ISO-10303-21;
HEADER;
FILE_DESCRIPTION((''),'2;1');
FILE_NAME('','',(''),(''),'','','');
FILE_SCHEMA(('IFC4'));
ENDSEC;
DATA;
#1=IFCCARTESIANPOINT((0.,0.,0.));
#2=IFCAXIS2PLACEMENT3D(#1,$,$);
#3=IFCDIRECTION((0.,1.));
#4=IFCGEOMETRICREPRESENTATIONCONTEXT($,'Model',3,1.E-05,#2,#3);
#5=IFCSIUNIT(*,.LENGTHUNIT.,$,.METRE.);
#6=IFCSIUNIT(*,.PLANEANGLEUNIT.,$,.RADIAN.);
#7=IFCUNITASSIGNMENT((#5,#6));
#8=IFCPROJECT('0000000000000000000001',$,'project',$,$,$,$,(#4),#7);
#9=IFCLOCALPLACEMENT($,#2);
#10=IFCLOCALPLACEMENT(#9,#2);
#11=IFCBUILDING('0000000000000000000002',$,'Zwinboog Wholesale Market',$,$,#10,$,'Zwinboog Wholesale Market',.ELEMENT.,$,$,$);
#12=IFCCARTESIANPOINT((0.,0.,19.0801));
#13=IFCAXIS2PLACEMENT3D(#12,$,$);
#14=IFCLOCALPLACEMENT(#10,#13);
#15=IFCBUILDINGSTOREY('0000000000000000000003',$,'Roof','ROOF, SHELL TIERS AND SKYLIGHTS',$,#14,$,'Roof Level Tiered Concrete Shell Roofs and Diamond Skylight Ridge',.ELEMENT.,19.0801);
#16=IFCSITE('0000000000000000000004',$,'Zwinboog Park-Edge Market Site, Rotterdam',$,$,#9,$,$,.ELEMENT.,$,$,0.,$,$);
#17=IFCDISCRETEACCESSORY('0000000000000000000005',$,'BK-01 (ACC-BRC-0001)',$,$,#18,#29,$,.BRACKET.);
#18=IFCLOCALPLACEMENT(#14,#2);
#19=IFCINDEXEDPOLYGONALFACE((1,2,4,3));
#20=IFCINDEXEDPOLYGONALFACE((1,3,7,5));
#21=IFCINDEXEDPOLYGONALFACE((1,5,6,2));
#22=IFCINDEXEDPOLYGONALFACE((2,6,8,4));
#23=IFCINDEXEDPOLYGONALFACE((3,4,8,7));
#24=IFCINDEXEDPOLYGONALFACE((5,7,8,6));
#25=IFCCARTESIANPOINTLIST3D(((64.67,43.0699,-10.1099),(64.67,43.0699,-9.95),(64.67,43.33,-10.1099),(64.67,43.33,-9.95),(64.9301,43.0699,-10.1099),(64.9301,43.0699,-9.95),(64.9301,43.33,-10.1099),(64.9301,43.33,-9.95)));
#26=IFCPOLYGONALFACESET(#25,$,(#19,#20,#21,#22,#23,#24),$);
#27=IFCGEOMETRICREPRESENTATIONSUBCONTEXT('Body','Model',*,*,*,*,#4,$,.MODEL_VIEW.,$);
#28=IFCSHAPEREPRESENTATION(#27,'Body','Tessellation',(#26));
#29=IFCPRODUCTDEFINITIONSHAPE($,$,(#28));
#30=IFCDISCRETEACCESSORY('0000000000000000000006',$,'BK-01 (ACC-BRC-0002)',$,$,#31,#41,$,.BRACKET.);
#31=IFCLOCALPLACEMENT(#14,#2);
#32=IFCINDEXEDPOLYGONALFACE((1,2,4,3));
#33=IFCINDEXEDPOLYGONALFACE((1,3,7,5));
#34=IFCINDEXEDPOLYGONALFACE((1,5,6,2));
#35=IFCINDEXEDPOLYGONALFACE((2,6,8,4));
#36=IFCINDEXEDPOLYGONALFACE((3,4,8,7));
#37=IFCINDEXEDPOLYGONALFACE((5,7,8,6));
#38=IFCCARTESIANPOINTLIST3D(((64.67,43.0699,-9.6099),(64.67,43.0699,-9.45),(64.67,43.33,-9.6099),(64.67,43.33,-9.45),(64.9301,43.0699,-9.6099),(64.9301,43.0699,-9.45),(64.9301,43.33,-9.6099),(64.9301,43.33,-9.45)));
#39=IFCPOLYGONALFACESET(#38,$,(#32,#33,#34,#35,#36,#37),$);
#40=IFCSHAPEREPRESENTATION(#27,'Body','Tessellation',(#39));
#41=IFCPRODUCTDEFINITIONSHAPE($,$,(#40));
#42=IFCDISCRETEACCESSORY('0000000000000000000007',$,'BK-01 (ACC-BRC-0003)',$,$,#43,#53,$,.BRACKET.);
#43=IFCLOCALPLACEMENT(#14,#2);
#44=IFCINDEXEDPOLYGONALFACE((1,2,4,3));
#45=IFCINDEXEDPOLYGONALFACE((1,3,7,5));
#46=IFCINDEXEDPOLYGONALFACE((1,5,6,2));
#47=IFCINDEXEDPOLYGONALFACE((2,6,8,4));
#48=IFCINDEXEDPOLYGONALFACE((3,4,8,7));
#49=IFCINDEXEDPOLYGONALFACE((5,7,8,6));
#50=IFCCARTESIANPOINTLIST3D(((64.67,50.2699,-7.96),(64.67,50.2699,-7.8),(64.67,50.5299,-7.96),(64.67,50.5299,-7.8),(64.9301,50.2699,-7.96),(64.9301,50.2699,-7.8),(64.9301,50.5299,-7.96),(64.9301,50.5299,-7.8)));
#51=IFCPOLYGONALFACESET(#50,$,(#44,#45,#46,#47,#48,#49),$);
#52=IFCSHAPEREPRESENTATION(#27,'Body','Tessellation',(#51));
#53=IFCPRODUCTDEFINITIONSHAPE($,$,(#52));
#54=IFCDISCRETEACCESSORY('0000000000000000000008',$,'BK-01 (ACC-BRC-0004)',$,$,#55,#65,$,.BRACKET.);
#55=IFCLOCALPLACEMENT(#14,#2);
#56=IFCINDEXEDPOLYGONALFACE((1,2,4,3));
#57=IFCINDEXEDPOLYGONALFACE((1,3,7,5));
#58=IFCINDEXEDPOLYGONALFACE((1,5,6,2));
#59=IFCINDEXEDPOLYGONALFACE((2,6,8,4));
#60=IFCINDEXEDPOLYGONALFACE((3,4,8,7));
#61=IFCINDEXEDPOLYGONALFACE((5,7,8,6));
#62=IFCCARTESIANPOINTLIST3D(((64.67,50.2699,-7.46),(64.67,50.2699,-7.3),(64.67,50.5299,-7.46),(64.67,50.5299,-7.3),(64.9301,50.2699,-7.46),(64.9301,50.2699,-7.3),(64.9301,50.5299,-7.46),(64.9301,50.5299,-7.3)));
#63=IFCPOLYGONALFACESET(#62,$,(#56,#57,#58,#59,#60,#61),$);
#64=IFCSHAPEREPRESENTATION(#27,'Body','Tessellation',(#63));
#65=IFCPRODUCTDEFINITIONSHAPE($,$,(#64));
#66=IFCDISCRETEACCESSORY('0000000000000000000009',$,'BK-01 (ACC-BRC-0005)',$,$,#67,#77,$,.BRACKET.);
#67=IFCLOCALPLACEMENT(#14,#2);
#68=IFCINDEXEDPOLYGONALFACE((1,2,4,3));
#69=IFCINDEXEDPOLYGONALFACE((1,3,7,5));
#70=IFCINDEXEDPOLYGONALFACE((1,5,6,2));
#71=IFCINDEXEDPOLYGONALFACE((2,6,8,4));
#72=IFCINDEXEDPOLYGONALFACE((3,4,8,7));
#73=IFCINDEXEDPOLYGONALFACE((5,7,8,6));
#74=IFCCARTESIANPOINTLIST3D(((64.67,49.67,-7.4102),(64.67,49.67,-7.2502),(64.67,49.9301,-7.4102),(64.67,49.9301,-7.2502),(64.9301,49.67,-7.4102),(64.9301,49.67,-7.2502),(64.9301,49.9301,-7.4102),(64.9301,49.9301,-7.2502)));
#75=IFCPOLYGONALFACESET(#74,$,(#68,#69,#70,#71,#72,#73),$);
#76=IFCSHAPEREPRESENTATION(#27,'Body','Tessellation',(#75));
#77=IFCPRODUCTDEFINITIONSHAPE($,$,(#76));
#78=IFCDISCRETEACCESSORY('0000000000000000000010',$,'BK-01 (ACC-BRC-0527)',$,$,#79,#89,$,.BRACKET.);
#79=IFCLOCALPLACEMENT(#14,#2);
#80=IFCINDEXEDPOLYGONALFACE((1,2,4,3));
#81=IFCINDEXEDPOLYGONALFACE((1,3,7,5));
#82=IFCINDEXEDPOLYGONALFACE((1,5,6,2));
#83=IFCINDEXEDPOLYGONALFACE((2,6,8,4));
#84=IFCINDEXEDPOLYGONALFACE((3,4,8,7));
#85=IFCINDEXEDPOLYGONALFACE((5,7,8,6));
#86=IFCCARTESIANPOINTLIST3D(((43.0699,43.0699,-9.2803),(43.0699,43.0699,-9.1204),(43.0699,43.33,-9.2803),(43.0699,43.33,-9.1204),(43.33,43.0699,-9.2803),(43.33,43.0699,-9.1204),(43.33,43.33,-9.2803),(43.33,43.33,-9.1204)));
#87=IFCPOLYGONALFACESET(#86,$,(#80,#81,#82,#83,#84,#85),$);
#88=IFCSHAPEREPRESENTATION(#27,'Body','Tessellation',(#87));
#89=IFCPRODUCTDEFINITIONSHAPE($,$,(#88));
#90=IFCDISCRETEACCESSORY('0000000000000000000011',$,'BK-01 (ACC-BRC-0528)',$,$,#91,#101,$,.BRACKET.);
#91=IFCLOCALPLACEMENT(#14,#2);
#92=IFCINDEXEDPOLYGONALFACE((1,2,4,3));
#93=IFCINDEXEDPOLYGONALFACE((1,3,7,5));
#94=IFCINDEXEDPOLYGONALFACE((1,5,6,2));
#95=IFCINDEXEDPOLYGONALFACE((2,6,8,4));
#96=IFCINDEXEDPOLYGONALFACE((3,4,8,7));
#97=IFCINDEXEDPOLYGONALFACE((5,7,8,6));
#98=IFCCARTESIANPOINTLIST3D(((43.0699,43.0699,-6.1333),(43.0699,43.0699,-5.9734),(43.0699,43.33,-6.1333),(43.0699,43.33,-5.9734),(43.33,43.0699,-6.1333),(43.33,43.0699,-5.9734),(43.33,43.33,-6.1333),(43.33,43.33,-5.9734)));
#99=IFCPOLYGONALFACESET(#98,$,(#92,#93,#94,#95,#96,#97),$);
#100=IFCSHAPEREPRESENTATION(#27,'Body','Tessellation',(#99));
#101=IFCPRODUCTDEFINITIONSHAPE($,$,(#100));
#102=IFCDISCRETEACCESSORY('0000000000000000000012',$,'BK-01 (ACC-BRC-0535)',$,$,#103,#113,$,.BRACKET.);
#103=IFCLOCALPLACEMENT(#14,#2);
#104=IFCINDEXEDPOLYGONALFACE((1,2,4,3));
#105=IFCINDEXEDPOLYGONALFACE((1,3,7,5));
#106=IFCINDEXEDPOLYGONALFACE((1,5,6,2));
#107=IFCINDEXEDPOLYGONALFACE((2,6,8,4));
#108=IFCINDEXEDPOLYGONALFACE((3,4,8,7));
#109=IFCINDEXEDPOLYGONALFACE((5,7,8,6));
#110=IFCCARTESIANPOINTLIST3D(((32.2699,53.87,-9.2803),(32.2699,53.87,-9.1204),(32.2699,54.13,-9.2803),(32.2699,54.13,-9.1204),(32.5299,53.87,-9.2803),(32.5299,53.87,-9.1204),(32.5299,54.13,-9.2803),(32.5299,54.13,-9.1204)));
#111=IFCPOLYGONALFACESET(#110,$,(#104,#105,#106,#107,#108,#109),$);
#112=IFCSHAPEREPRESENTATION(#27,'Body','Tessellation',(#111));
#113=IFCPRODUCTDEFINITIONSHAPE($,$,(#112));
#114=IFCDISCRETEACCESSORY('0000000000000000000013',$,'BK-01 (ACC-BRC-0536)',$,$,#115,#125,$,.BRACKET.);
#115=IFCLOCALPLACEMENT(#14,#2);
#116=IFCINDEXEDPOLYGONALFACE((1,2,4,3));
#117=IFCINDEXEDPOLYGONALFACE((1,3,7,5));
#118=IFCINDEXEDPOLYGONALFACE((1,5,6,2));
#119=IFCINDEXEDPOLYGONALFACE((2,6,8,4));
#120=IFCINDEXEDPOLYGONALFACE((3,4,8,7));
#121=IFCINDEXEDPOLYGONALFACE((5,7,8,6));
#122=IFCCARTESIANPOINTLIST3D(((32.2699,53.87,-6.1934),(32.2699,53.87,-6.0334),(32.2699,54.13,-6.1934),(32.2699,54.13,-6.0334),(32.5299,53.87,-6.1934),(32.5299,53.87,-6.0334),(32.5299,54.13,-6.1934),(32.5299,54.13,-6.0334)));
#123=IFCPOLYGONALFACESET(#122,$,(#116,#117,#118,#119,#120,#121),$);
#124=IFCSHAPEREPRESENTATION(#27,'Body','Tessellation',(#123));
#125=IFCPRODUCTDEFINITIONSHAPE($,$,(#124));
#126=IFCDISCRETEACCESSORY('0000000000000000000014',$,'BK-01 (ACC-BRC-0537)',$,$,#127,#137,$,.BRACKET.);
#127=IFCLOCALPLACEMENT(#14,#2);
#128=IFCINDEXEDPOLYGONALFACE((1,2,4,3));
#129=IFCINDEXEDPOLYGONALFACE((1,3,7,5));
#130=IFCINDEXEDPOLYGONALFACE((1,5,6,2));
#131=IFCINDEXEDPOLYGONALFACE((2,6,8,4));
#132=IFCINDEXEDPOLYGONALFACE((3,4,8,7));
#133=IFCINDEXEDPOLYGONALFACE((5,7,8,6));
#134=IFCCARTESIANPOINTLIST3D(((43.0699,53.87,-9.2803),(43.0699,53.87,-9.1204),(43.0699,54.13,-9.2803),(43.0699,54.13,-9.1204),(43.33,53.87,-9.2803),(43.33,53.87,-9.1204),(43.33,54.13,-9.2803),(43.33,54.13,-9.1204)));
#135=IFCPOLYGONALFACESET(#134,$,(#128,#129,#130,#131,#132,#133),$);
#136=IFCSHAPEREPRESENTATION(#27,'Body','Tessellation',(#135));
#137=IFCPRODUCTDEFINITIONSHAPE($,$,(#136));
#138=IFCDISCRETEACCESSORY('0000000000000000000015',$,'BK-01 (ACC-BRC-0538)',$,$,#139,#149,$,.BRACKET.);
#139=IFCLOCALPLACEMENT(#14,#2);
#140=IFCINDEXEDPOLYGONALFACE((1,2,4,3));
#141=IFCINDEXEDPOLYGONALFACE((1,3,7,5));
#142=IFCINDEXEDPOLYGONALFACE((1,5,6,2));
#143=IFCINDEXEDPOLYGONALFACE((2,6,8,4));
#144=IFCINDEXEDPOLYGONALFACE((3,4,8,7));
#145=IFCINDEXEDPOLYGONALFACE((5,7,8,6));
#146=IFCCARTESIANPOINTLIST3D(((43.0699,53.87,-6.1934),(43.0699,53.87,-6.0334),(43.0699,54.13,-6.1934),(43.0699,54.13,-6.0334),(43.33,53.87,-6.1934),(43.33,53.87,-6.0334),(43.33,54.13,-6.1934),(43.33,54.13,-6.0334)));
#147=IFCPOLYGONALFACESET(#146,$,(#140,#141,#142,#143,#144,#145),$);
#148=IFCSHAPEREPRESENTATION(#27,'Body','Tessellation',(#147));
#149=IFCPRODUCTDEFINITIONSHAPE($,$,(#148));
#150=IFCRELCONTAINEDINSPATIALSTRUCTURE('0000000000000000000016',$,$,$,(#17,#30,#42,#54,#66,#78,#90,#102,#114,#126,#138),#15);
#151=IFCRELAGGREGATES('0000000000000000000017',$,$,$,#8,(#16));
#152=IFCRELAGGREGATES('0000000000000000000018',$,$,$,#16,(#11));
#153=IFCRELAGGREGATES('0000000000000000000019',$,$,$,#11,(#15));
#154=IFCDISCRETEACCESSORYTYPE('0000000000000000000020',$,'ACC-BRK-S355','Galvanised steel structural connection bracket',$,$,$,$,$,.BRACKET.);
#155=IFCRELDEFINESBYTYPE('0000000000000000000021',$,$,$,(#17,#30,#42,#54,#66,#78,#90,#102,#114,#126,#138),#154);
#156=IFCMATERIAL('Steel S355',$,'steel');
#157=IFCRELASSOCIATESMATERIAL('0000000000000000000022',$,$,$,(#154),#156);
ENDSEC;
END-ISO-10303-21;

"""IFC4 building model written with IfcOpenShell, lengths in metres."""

from ifc_helpers import new_model, si_unit, direction, frame, origin, origin_2d, place, context, subcontext, project, spatial, rectangle, extrude, material, type_object, element, save


model = new_model("IFC4")

# Units and contexts
model_context = context("Model", 3, precision=1e-05, world=origin(), true_north=direction((0.0, 1.0)))
body_context = subcontext(model_context, "Body", "Model", "MODEL_VIEW")
ifc_project = project(units=[si_unit("LENGTHUNIT", "METRE"), si_unit("PLANEANGLEUNIT", "RADIAN")], contexts=[model_context])

# Site, building, storey
site_placement = place(None, origin())
site = spatial("IfcSite", under=ifc_project, at=site_placement, Name="Zwinboog Park-Edge Market Site, Rotterdam", CompositionType="ELEMENT", RefElevation=0.0)
building_placement = place(site_placement, origin())
building = spatial("IfcBuilding", under=site, at=building_placement, Name="Zwinboog Wholesale Market", LongName="Zwinboog Wholesale Market", CompositionType="ELEMENT")
storey_placement = place(building_placement, frame((0.0, 0.0, 19.0801)))
storey = spatial("IfcBuildingStorey", under=building, at=storey_placement, Name="Roof", Description="ROOF, SHELL TIERS AND SKYLIGHTS", LongName="Roof Level Tiered Concrete Shell Roofs and Diamond Skylight Ridge", CompositionType="ELEMENT", Elevation=19.0801)

# Shared definitions
ifc_material_1 = material(Name="Steel S355", Category="steel")

# Discrete accessories
discrete_accessory_type = type_object("IfcDiscreteAccessoryType", Name="ACC-BRK-S355", Description="Galvanised steel structural connection bracket", PredefinedType="BRACKET", material=ifc_material_1)
for number, where, z_axis, x_axis, name in (
    (1, (64.8, 43.2, -10.1099), (0.0, 0.0, 1.0), (1.0, 0.0, 0.0), "BK-01 (ACC-BRC-0001)"),
    (2, (64.8, 43.2, -9.6099), (0.0, 0.0, 1.0), (1.0, 0.0, 0.0), "BK-01 (ACC-BRC-0002)"),
    (3, (64.8, 50.3999, -7.96), (0.0, 0.0, 1.0), (1.0, 0.0, 0.0), "BK-01 (ACC-BRC-0003)"),
    (4, (64.8, 50.3999, -7.46), (0.0, 0.0, 1.0), (1.0, 0.0, 0.0), "BK-01 (ACC-BRC-0004)"),
    (5, (64.8, 49.8, -7.4102), (0.0, 0.0, 1.0), (1.0, 0.0, 0.0), "BK-01 (ACC-BRC-0005)"),
    (6, (43.2, 43.2, -9.2803), (0.0, 0.0, 1.0), (1.0, 0.0, 0.0), "BK-01 (ACC-BRC-0527)"),
    (7, (43.2, 43.2, -6.1333), (0.0, 0.0, 1.0), (1.0, 0.0, 0.0), "BK-01 (ACC-BRC-0528)"),
    (8, (32.3999, 54.0, -9.2803), (0.0, 0.0, 1.0), (1.0, 0.0, 0.0), "BK-01 (ACC-BRC-0535)"),
    (9, (32.3999, 54.0, -6.1934), (0.0, 0.0, 1.0), (1.0, 0.0, 0.0), "BK-01 (ACC-BRC-0536)"),
    (10, (43.2, 54.0, -9.2803), (0.0, 0.0, 1.0), (1.0, 0.0, 0.0), "BK-01 (ACC-BRC-0537)"),
    (11, (43.2, 54.0, -6.1934), (0.0, 0.0, 1.0), (1.0, 0.0, 0.0), "BK-01 (ACC-BRC-0538)"),
):
    element("IfcDiscreteAccessory", number, at=place(storey_placement, frame(where, z_axis=z_axis, x_axis=x_axis)), inside=storey, type_object=discrete_accessory_type, Name=name, PredefinedType="BRACKET", context=body_context, shape_type="SweptSolid", body=[
        extrude(rectangle(XDim=0.26, YDim=0.26, at=origin_2d()), origin(), (0.0, 0.0, 1.0), 0.1599),
    ])

save(model, "model.ifc")
